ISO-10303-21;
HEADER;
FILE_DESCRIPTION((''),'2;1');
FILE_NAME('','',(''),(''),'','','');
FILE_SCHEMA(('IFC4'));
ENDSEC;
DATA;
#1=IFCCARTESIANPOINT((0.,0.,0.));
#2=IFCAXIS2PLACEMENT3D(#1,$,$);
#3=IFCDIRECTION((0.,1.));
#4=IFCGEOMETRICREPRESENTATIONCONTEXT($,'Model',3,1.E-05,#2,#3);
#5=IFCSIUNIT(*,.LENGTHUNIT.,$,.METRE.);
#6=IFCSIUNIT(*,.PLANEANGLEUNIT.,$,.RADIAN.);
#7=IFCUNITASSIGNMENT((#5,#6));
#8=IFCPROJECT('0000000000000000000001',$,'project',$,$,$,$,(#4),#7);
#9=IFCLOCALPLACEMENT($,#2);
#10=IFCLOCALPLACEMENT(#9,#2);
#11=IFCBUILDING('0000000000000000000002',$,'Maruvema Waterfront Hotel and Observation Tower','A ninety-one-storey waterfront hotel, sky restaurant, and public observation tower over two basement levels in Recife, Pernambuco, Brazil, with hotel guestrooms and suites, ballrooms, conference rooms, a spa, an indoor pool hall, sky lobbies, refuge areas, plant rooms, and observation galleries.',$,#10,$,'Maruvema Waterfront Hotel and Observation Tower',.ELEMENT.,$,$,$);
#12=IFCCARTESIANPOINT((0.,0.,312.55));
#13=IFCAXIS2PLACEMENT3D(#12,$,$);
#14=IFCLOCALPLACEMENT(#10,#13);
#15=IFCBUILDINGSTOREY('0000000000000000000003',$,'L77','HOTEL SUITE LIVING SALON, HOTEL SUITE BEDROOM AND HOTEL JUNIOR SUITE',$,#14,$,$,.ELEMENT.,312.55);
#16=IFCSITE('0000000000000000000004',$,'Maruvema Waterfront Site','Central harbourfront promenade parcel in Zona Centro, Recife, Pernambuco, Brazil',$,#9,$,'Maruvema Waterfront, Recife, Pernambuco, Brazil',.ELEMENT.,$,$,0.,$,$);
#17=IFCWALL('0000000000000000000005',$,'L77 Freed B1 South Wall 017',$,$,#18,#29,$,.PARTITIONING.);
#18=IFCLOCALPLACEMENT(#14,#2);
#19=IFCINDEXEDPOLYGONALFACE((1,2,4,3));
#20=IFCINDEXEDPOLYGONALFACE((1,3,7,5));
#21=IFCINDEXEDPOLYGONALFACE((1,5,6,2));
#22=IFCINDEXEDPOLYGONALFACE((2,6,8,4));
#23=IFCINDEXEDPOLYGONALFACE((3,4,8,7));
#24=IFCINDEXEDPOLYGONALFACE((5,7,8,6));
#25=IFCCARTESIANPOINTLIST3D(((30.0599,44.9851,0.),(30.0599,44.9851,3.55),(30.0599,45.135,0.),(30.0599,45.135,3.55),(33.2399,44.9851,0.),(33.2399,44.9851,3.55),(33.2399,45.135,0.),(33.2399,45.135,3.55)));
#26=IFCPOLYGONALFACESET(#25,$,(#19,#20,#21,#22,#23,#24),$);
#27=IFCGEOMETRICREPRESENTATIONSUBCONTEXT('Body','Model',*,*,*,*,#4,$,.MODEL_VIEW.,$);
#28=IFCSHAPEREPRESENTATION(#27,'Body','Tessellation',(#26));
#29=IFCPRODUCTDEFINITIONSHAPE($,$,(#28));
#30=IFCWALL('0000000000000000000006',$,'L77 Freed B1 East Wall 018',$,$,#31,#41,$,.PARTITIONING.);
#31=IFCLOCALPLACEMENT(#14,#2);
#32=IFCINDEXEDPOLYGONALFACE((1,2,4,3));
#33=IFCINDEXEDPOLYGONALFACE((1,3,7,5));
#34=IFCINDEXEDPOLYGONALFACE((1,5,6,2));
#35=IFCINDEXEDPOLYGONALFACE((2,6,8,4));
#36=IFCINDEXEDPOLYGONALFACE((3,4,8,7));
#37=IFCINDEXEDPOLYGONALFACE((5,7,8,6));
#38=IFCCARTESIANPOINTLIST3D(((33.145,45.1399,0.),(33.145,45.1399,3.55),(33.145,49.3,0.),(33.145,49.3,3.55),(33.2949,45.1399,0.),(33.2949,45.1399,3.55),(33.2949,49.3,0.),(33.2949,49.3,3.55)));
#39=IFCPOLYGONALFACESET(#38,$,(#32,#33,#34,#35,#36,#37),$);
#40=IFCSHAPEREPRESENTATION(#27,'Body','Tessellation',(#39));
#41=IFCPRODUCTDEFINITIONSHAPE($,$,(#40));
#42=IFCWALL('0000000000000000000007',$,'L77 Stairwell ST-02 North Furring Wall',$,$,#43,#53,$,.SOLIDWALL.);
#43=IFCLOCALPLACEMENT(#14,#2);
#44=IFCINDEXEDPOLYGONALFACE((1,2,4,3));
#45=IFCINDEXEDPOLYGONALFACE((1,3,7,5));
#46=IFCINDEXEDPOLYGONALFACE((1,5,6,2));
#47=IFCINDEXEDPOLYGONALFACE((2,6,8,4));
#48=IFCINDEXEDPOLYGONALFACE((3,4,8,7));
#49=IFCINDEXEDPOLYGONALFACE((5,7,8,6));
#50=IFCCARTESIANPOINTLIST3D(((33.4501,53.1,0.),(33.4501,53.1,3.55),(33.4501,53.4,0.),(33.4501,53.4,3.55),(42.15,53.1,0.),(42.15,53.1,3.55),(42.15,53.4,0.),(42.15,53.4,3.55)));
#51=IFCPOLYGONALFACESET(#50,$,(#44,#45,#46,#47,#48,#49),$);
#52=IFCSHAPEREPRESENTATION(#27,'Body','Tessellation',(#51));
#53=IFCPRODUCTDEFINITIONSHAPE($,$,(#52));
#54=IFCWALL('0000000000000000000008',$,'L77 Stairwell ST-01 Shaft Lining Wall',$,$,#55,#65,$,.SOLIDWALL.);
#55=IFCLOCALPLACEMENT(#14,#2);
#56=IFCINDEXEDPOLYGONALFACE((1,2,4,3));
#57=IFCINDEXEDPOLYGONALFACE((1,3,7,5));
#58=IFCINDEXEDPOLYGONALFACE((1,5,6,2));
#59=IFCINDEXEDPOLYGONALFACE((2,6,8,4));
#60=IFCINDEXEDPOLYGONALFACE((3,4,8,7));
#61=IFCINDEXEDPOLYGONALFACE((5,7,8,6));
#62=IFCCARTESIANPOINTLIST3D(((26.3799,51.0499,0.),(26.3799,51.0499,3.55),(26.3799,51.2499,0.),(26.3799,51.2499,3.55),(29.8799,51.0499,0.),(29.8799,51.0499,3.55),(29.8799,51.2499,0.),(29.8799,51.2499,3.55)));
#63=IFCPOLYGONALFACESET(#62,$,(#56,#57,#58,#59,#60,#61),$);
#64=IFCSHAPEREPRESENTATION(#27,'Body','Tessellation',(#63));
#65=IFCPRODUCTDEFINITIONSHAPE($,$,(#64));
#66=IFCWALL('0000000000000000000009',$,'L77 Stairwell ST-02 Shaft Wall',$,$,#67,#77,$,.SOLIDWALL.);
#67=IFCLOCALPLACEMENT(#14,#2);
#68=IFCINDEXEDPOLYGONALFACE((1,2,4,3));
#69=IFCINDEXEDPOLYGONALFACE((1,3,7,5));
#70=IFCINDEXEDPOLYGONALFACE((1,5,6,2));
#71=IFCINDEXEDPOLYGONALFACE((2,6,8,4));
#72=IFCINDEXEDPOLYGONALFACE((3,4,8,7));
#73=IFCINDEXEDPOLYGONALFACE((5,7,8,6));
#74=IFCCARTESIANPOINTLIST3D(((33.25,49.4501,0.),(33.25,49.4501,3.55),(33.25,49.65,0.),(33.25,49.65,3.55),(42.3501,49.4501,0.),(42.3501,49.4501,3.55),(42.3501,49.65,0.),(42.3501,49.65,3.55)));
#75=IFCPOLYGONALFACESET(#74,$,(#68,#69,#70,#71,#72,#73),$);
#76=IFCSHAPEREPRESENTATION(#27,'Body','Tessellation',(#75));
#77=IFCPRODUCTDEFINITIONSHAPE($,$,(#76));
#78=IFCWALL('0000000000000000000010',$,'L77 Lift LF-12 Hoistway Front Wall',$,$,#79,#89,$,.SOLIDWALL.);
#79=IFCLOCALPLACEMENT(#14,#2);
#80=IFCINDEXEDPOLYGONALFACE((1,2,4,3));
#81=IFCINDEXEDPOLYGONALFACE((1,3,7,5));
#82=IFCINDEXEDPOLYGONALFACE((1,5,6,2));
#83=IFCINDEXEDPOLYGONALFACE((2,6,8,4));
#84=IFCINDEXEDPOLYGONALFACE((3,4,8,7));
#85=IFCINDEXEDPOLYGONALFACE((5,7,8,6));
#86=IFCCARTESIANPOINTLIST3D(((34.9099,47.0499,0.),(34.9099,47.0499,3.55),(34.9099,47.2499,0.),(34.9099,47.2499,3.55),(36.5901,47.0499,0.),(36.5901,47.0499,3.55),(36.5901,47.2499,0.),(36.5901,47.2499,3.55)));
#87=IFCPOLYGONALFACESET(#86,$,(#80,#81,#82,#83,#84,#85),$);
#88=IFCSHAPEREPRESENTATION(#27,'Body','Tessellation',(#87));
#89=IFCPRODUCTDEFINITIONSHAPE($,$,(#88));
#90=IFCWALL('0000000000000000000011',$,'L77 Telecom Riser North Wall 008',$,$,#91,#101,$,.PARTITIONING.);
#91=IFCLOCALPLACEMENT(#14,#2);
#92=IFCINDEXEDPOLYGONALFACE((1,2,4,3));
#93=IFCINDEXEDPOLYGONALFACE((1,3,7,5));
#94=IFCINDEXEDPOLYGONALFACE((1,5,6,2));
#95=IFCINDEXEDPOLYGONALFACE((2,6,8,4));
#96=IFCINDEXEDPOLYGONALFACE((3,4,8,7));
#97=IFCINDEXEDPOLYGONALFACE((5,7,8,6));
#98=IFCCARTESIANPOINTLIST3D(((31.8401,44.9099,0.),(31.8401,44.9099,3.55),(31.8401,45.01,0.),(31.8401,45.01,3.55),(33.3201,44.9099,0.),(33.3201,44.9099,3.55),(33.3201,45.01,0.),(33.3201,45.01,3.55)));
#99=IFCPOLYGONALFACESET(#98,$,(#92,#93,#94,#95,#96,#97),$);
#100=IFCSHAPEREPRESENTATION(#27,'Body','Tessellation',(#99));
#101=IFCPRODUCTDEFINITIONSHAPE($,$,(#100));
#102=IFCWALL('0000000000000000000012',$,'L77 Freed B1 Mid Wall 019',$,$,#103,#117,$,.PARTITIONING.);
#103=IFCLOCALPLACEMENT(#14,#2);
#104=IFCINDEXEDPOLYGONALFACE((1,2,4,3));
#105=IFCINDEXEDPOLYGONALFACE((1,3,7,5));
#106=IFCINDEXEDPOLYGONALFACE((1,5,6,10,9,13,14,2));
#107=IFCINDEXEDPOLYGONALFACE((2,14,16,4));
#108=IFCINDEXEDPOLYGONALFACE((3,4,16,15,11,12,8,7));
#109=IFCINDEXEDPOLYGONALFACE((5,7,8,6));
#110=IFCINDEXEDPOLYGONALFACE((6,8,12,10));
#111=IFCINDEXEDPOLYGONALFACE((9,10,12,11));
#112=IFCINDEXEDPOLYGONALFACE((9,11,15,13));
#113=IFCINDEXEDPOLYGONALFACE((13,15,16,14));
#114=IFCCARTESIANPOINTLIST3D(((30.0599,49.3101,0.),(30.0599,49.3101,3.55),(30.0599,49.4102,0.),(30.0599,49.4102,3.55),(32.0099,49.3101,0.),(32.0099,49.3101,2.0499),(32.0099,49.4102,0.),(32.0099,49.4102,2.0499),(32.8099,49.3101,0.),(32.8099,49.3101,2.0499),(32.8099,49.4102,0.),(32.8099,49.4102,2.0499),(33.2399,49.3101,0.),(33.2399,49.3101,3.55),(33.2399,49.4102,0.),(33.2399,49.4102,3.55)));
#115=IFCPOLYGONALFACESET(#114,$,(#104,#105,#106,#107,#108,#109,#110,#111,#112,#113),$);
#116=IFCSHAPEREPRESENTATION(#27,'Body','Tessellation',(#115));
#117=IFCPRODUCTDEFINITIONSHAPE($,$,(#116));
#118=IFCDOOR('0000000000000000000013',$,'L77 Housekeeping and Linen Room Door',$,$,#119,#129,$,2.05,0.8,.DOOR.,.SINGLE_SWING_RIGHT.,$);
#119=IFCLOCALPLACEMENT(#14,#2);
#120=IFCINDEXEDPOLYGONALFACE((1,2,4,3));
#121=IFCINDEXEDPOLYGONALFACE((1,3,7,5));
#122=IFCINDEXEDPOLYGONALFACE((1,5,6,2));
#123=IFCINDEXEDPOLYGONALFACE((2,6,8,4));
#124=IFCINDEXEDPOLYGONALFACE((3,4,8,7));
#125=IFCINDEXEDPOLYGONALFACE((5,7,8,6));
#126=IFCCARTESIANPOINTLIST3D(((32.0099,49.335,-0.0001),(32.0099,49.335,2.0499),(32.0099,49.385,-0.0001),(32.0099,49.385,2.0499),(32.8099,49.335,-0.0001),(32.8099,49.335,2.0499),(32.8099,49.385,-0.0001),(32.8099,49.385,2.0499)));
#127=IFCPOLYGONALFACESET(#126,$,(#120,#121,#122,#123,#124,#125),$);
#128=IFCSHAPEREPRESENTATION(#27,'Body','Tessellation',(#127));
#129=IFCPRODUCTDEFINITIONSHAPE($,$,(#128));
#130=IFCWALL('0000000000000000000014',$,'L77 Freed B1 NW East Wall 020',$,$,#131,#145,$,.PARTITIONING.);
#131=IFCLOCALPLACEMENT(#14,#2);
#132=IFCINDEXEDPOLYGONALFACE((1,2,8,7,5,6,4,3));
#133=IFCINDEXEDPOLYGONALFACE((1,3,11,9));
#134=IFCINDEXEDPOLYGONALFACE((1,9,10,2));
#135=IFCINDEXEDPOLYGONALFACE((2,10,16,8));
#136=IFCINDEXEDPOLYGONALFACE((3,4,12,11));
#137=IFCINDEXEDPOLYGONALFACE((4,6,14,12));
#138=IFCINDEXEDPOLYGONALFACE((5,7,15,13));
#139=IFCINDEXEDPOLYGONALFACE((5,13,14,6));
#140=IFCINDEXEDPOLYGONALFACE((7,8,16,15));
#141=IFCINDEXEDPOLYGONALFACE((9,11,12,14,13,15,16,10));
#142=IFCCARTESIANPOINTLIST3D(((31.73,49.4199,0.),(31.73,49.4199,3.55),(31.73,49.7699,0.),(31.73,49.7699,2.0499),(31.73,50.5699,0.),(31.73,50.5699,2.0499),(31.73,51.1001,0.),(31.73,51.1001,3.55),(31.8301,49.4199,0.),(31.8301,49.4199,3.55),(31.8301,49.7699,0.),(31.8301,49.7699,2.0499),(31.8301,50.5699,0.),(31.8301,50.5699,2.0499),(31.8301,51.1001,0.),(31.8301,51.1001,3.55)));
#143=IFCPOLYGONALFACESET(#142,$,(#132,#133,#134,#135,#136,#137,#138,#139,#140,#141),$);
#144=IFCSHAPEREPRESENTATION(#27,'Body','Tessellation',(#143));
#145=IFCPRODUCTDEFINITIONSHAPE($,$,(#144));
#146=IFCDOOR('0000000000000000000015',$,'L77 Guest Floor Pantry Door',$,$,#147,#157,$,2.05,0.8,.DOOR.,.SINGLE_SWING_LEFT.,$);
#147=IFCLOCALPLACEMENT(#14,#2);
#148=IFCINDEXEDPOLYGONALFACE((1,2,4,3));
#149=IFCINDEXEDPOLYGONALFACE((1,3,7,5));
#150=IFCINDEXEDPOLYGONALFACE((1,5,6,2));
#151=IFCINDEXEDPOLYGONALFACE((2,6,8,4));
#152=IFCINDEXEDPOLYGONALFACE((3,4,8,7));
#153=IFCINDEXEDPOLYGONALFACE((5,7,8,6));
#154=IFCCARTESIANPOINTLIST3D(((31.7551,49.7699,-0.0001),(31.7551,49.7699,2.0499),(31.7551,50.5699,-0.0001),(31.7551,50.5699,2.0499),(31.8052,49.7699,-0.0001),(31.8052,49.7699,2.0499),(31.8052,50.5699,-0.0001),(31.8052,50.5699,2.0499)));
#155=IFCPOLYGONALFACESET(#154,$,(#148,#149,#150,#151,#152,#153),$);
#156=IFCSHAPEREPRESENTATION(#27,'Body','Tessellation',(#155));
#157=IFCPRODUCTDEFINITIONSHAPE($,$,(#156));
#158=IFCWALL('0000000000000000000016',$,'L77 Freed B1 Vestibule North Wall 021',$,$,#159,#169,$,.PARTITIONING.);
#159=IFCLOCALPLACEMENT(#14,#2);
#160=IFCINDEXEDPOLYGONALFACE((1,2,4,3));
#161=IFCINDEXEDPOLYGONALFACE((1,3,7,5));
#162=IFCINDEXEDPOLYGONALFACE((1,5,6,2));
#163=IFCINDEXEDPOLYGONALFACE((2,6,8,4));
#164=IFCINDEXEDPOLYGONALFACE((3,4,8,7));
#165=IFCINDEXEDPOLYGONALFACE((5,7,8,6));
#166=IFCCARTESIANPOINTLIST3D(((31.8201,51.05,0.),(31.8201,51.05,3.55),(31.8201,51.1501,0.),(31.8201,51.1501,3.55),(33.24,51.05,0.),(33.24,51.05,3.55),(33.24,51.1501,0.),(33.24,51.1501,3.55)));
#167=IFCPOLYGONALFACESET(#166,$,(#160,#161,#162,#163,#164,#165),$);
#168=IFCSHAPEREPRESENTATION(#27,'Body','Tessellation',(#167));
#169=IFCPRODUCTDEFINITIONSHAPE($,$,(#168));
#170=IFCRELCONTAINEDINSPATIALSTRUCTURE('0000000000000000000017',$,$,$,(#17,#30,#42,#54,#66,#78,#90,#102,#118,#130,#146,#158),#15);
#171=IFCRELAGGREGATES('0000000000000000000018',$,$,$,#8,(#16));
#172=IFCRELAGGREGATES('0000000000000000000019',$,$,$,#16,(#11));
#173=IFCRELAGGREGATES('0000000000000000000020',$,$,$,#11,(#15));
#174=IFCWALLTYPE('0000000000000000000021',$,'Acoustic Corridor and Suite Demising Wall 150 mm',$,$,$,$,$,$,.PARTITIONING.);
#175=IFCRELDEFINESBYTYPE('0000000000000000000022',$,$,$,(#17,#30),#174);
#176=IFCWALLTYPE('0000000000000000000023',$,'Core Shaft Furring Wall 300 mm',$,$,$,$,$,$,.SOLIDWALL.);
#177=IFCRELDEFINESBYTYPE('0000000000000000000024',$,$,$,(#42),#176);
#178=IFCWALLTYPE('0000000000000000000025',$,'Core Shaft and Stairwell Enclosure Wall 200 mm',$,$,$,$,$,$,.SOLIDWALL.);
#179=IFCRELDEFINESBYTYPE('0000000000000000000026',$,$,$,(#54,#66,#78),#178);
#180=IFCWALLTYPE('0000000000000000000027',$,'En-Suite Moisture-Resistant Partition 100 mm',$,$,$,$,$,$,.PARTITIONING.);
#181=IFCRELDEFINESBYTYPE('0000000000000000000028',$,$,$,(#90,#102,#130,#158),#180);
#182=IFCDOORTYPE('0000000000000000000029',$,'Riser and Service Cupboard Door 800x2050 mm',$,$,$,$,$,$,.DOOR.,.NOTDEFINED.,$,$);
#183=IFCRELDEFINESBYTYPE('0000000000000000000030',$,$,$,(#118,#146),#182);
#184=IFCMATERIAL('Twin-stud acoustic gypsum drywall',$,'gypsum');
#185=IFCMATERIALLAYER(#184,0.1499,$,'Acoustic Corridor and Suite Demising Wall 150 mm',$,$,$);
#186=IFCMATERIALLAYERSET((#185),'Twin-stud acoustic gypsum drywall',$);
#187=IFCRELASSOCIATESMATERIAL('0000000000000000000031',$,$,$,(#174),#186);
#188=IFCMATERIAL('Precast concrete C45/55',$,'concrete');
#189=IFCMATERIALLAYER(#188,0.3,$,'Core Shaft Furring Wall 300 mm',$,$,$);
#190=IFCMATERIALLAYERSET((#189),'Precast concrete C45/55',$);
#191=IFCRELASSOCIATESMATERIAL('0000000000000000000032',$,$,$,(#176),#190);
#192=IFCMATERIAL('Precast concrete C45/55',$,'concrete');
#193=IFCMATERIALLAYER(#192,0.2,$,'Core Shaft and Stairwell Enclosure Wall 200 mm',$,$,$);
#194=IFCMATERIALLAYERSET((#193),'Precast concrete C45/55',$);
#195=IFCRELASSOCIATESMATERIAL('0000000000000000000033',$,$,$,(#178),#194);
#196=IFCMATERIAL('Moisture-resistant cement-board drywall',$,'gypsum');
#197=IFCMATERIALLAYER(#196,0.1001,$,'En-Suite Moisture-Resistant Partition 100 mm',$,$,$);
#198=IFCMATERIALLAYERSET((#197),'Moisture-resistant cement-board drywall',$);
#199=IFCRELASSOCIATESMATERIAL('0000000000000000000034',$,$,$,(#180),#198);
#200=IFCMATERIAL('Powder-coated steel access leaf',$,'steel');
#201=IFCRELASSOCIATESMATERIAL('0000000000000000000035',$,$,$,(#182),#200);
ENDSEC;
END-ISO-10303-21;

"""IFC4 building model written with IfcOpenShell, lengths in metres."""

from ifc_helpers import new_model, si_unit, direction, frame, frame_2d, origin, place, context, subcontext, project, spatial, rectangle, extrude, material, layer, layer_set, type_object, element, fill, save


model = new_model("IFC4")

# Units and contexts
model_context = context("Model", 3, precision=1e-05, world=origin(), true_north=direction((0.0, 1.0)))
body_context = subcontext(model_context, "Body", "Model", "MODEL_VIEW")
ifc_project = project(units=[si_unit("LENGTHUNIT", "METRE"), si_unit("PLANEANGLEUNIT", "RADIAN")], contexts=[model_context])

# Site, building, storey
site_placement = place(None, origin())
site = spatial("IfcSite", under=ifc_project, at=site_placement, Name="Maruvema Waterfront Site", Description="Central harbourfront promenade parcel in Zona Centro, Recife, Pernambuco, Brazil", LongName="Maruvema Waterfront, Recife, Pernambuco, Brazil", CompositionType="ELEMENT", RefElevation=0.0)
building_placement = place(site_placement, origin())
building = spatial("IfcBuilding", under=site, at=building_placement, Name="Maruvema Waterfront Hotel and Observation Tower", Description="A ninety-one-storey waterfront hotel, sky restaurant, and public observation tower over two basement levels in Recife, Pernambuco, Brazil, with hotel guestrooms and suites, ballrooms, conference rooms, a spa, an indoor pool hall, sky lobbies, refuge areas, plant rooms, and observation galleries.", LongName="Maruvema Waterfront Hotel and Observation Tower", CompositionType="ELEMENT")
storey_placement = place(building_placement, frame((0.0, 0.0, 312.55)))
storey = spatial("IfcBuildingStorey", under=building, at=storey_placement, Name="L77", Description="HOTEL SUITE LIVING SALON, HOTEL SUITE BEDROOM AND HOTEL JUNIOR SUITE", CompositionType="ELEMENT", Elevation=312.55)

# Walls
ifc_material_1 = material(Name="Twin-stud acoustic gypsum drywall", Category="gypsum")
ifc_layer_1 = layer(ifc_material_1, 0.1499, Name="Acoustic Corridor and Suite Demising Wall 150 mm")
ifc_layer_set_1 = layer_set([ifc_layer_1], Name="Twin-stud acoustic gypsum drywall")
wall_type_1 = type_object("IfcWallType", Name="Acoustic Corridor and Suite Demising Wall 150 mm", PredefinedType="PARTITIONING", material=ifc_layer_set_1)
wall_1_placement = place(storey_placement, frame((30.0601, 45.0601, 0.0), z_axis=(0.0, 0.0, 1.0), x_axis=(1.0, 0.0, 0.0)))
element("IfcWall", 1, at=wall_1_placement, inside=storey, type_object=wall_type_1, Name="L77 Freed B1 South Wall 017", PredefinedType="PARTITIONING", context=body_context, shape_type="SweptSolid", body=[
    extrude(rectangle(XDim=3.1799, YDim=0.1499, at=frame_2d((1.5898, 0.0))), origin(), (0.0, 0.0, 1.0), 3.55),
])
wall_2_placement = place(storey_placement, frame((33.22, 45.1399, 0.0), z_axis=(0.0, 0.0, 1.0), x_axis=(0.0, 1.0, 0.0)))
element("IfcWall", 2, at=wall_2_placement, inside=storey, type_object=wall_type_1, Name="L77 Freed B1 East Wall 018", PredefinedType="PARTITIONING", context=body_context, shape_type="SweptSolid", body=[
    extrude(rectangle(XDim=4.1602, YDim=0.1499, at=frame_2d((2.0801, 0.0))), origin(), (0.0, 0.0, 1.0), 3.55),
])
ifc_material_2 = material(Name="Precast concrete C45/55", Category="concrete")
ifc_layer_2 = layer(ifc_material_2, 0.3, Name="Core Shaft Furring Wall 300 mm")
ifc_layer_set_2 = layer_set([ifc_layer_2], Name="Precast concrete C45/55")
wall_type_2 = type_object("IfcWallType", Name="Core Shaft Furring Wall 300 mm", PredefinedType="SOLIDWALL", material=ifc_layer_set_2)
wall_3_placement = place(storey_placement, frame((33.45, 53.25, 0.0), z_axis=(0.0, 0.0, 1.0), x_axis=(1.0, 0.0, 0.0)))
element("IfcWall", 3, at=wall_3_placement, inside=storey, type_object=wall_type_2, Name="L77 Stairwell ST-02 North Furring Wall", PredefinedType="SOLIDWALL", context=body_context, shape_type="SweptSolid", body=[
    extrude(rectangle(XDim=8.7, YDim=0.3, at=frame_2d((4.3501, 0.0))), origin(), (0.0, 0.0, 1.0), 3.55),
])
ifc_material_3 = material(Name="Precast concrete C45/55", Category="concrete")
ifc_layer_3 = layer(ifc_material_3, 0.2, Name="Core Shaft and Stairwell Enclosure Wall 200 mm")
ifc_layer_set_3 = layer_set([ifc_layer_3], Name="Precast concrete C45/55")
wall_type_3 = type_object("IfcWallType", Name="Core Shaft and Stairwell Enclosure Wall 200 mm", PredefinedType="SOLIDWALL", material=ifc_layer_set_3)
wall_4_placement = place(storey_placement, frame((26.3799, 51.1499, 0.0), z_axis=(0.0, 0.0, 1.0), x_axis=(1.0, 0.0, 0.0)))
element("IfcWall", 4, at=wall_4_placement, inside=storey, type_object=wall_type_3, Name="L77 Stairwell ST-01 Shaft Lining Wall", PredefinedType="SOLIDWALL", context=body_context, shape_type="SweptSolid", body=[
    extrude(rectangle(XDim=3.5, YDim=0.2, at=frame_2d((1.75, 0.0))), origin(), (0.0, 0.0, 1.0), 3.55),
])
wall_5_placement = place(storey_placement, frame((33.25, 49.55, 0.0), z_axis=(0.0, 0.0, 1.0), x_axis=(1.0, 0.0, 0.0)))
element("IfcWall", 5, at=wall_5_placement, inside=storey, type_object=wall_type_3, Name="L77 Stairwell ST-02 Shaft Wall", PredefinedType="SOLIDWALL", context=body_context, shape_type="SweptSolid", body=[
    extrude(rectangle(XDim=9.1001, YDim=0.2, at=frame_2d((4.55, 0.0))), origin(), (0.0, 0.0, 1.0), 3.55),
])

# Walls
wall_6_placement = place(storey_placement, frame((34.9099, 47.1499, 0.0), z_axis=(0.0, 0.0, 1.0), x_axis=(1.0, 0.0, 0.0)))
element("IfcWall", 6, at=wall_6_placement, inside=storey, type_object=wall_type_3, Name="L77 Lift LF-12 Hoistway Front Wall", PredefinedType="SOLIDWALL", context=body_context, shape_type="SweptSolid", body=[
    extrude(rectangle(XDim=1.6802, YDim=0.2, at=frame_2d((0.8401, 0.0))), origin(), (0.0, 0.0, 1.0), 3.55),
])
ifc_material_4 = material(Name="Moisture-resistant cement-board drywall", Category="gypsum")
ifc_layer_4 = layer(ifc_material_4, 0.1001, Name="En-Suite Moisture-Resistant Partition 100 mm")
ifc_layer_set_4 = layer_set([ifc_layer_4], Name="Moisture-resistant cement-board drywall")
wall_type_4 = type_object("IfcWallType", Name="En-Suite Moisture-Resistant Partition 100 mm", PredefinedType="PARTITIONING", material=ifc_layer_set_4)
wall_7_placement = place(storey_placement, frame((31.8401, 44.96, 0.0), z_axis=(0.0, 0.0, 1.0), x_axis=(1.0, 0.0, 0.0)))
element("IfcWall", 7, at=wall_7_placement, inside=storey, type_object=wall_type_4, Name="L77 Telecom Riser North Wall 008", PredefinedType="PARTITIONING", context=body_context, shape_type="SweptSolid", body=[
    extrude(rectangle(XDim=1.48, YDim=0.1001, at=frame_2d((0.74, 0.0))), origin(), (0.0, 0.0, 1.0), 3.55),
])

# Walls, openings, doors
wall_8_placement = place(storey_placement, frame((30.0601, 49.3601, 0.0), z_axis=(0.0, 0.0, 1.0), x_axis=(1.0, 0.0, 0.0)))
wall_8 = element("IfcWall", 8, at=wall_8_placement, inside=storey, type_object=wall_type_4, Name="L77 Freed B1 Mid Wall 019", PredefinedType="PARTITIONING", context=body_context, shape_type="SweptSolid", body=[
    extrude(rectangle(XDim=3.1799, YDim=0.1001, at=frame_2d((1.5898, 0.0))), origin(), (0.0, 0.0, 1.0), 3.55),
])
opening_1_placement = place(wall_8_placement, frame((1.95, 0.0, 0.0)))
opening_1 = element("IfcOpeningElement", 9, at=opening_1_placement, cuts=wall_8, PredefinedType="OPENING", context=body_context, shape_type="SweptSolid", body=[
    extrude(rectangle(XDim=0.8, YDim=2.05, at=frame_2d((0.3999, 1.0249))), frame((0.0, 0.0601, 0.0), z_axis=(0.0, -1.0, 0.0), x_axis=(1.0, 0.0, 0.0)), (0.0, 0.0, 1.0), 0.1201),
])
ifc_material_5 = material(Name="Powder-coated steel access leaf", Category="steel")
door_type_1 = type_object("IfcDoorType", Name="Riser and Service Cupboard Door 800x2050 mm", OperationType="NOTDEFINED", PredefinedType="DOOR", material=ifc_material_5)
door_1_placement = place(opening_1_placement, origin())
door_1 = element("IfcDoor", 10, at=door_1_placement, inside=storey, type_object=door_type_1, Name="L77 Housekeeping and Linen Room Door", OperationType="SINGLE_SWING_RIGHT", OverallHeight=2.05, OverallWidth=0.8, PredefinedType="DOOR", context=body_context, shape_type="SweptSolid", body=[
    extrude(rectangle(XDim=0.8, YDim=2.05, at=frame_2d((0.3999, 1.0249))), frame((0.0, 0.0249, 0.0), z_axis=(0.0, -1.0, 0.0), x_axis=(1.0, 0.0, 0.0)), (0.0, 0.0, 1.0), 0.05),
])
fill(opening_1, door_1)
wall_9_placement = place(storey_placement, frame((31.78, 49.4199, 0.0), z_axis=(0.0, 0.0, 1.0), x_axis=(0.0, 1.0, 0.0)))
wall_9 = element("IfcWall", 11, at=wall_9_placement, inside=storey, type_object=wall_type_4, Name="L77 Freed B1 NW East Wall 020", PredefinedType="PARTITIONING", context=body_context, shape_type="SweptSolid", body=[
    extrude(rectangle(XDim=1.6802, YDim=0.1001, at=frame_2d((0.8401, 0.0))), origin(), (0.0, 0.0, 1.0), 3.55),
])
opening_2_placement = place(wall_9_placement, frame((0.3501, 0.0, 0.0)))
opening_2 = element("IfcOpeningElement", 12, at=opening_2_placement, cuts=wall_9, PredefinedType="OPENING", context=body_context, shape_type="SweptSolid", body=[
    extrude(rectangle(XDim=0.8, YDim=2.05, at=frame_2d((0.3999, 1.0249))), frame((0.0, 0.0601, 0.0), z_axis=(0.0, -1.0, 0.0), x_axis=(1.0, 0.0, 0.0)), (0.0, 0.0, 1.0), 0.1201),
])
door_2_placement = place(opening_2_placement, origin())
door_2 = element("IfcDoor", 13, at=door_2_placement, inside=storey, type_object=door_type_1, Name="L77 Guest Floor Pantry Door", OperationType="SINGLE_SWING_LEFT", OverallHeight=2.05, OverallWidth=0.8, PredefinedType="DOOR", context=body_context, shape_type="SweptSolid", body=[
    extrude(rectangle(XDim=0.8, YDim=2.05, at=frame_2d((0.3999, 1.0249))), frame((0.0, 0.0249, 0.0), z_axis=(0.0, -1.0, 0.0), x_axis=(1.0, 0.0, 0.0)), (0.0, 0.0, 1.0), 0.05),
])
fill(opening_2, door_2)

# Wall
wall_10_placement = place(storey_placement, frame((31.8201, 51.1001, 0.0), z_axis=(0.0, 0.0, 1.0), x_axis=(1.0, 0.0, 0.0)))
element("IfcWall", 14, at=wall_10_placement, inside=storey, type_object=wall_type_4, Name="L77 Freed B1 Vestibule North Wall 021", PredefinedType="PARTITIONING", context=body_context, shape_type="SweptSolid", body=[
    extrude(rectangle(XDim=1.4199, YDim=0.1001, at=frame_2d((0.71, 0.0))), origin(), (0.0, 0.0, 1.0), 3.55),
])

save(model, "model.ifc")
